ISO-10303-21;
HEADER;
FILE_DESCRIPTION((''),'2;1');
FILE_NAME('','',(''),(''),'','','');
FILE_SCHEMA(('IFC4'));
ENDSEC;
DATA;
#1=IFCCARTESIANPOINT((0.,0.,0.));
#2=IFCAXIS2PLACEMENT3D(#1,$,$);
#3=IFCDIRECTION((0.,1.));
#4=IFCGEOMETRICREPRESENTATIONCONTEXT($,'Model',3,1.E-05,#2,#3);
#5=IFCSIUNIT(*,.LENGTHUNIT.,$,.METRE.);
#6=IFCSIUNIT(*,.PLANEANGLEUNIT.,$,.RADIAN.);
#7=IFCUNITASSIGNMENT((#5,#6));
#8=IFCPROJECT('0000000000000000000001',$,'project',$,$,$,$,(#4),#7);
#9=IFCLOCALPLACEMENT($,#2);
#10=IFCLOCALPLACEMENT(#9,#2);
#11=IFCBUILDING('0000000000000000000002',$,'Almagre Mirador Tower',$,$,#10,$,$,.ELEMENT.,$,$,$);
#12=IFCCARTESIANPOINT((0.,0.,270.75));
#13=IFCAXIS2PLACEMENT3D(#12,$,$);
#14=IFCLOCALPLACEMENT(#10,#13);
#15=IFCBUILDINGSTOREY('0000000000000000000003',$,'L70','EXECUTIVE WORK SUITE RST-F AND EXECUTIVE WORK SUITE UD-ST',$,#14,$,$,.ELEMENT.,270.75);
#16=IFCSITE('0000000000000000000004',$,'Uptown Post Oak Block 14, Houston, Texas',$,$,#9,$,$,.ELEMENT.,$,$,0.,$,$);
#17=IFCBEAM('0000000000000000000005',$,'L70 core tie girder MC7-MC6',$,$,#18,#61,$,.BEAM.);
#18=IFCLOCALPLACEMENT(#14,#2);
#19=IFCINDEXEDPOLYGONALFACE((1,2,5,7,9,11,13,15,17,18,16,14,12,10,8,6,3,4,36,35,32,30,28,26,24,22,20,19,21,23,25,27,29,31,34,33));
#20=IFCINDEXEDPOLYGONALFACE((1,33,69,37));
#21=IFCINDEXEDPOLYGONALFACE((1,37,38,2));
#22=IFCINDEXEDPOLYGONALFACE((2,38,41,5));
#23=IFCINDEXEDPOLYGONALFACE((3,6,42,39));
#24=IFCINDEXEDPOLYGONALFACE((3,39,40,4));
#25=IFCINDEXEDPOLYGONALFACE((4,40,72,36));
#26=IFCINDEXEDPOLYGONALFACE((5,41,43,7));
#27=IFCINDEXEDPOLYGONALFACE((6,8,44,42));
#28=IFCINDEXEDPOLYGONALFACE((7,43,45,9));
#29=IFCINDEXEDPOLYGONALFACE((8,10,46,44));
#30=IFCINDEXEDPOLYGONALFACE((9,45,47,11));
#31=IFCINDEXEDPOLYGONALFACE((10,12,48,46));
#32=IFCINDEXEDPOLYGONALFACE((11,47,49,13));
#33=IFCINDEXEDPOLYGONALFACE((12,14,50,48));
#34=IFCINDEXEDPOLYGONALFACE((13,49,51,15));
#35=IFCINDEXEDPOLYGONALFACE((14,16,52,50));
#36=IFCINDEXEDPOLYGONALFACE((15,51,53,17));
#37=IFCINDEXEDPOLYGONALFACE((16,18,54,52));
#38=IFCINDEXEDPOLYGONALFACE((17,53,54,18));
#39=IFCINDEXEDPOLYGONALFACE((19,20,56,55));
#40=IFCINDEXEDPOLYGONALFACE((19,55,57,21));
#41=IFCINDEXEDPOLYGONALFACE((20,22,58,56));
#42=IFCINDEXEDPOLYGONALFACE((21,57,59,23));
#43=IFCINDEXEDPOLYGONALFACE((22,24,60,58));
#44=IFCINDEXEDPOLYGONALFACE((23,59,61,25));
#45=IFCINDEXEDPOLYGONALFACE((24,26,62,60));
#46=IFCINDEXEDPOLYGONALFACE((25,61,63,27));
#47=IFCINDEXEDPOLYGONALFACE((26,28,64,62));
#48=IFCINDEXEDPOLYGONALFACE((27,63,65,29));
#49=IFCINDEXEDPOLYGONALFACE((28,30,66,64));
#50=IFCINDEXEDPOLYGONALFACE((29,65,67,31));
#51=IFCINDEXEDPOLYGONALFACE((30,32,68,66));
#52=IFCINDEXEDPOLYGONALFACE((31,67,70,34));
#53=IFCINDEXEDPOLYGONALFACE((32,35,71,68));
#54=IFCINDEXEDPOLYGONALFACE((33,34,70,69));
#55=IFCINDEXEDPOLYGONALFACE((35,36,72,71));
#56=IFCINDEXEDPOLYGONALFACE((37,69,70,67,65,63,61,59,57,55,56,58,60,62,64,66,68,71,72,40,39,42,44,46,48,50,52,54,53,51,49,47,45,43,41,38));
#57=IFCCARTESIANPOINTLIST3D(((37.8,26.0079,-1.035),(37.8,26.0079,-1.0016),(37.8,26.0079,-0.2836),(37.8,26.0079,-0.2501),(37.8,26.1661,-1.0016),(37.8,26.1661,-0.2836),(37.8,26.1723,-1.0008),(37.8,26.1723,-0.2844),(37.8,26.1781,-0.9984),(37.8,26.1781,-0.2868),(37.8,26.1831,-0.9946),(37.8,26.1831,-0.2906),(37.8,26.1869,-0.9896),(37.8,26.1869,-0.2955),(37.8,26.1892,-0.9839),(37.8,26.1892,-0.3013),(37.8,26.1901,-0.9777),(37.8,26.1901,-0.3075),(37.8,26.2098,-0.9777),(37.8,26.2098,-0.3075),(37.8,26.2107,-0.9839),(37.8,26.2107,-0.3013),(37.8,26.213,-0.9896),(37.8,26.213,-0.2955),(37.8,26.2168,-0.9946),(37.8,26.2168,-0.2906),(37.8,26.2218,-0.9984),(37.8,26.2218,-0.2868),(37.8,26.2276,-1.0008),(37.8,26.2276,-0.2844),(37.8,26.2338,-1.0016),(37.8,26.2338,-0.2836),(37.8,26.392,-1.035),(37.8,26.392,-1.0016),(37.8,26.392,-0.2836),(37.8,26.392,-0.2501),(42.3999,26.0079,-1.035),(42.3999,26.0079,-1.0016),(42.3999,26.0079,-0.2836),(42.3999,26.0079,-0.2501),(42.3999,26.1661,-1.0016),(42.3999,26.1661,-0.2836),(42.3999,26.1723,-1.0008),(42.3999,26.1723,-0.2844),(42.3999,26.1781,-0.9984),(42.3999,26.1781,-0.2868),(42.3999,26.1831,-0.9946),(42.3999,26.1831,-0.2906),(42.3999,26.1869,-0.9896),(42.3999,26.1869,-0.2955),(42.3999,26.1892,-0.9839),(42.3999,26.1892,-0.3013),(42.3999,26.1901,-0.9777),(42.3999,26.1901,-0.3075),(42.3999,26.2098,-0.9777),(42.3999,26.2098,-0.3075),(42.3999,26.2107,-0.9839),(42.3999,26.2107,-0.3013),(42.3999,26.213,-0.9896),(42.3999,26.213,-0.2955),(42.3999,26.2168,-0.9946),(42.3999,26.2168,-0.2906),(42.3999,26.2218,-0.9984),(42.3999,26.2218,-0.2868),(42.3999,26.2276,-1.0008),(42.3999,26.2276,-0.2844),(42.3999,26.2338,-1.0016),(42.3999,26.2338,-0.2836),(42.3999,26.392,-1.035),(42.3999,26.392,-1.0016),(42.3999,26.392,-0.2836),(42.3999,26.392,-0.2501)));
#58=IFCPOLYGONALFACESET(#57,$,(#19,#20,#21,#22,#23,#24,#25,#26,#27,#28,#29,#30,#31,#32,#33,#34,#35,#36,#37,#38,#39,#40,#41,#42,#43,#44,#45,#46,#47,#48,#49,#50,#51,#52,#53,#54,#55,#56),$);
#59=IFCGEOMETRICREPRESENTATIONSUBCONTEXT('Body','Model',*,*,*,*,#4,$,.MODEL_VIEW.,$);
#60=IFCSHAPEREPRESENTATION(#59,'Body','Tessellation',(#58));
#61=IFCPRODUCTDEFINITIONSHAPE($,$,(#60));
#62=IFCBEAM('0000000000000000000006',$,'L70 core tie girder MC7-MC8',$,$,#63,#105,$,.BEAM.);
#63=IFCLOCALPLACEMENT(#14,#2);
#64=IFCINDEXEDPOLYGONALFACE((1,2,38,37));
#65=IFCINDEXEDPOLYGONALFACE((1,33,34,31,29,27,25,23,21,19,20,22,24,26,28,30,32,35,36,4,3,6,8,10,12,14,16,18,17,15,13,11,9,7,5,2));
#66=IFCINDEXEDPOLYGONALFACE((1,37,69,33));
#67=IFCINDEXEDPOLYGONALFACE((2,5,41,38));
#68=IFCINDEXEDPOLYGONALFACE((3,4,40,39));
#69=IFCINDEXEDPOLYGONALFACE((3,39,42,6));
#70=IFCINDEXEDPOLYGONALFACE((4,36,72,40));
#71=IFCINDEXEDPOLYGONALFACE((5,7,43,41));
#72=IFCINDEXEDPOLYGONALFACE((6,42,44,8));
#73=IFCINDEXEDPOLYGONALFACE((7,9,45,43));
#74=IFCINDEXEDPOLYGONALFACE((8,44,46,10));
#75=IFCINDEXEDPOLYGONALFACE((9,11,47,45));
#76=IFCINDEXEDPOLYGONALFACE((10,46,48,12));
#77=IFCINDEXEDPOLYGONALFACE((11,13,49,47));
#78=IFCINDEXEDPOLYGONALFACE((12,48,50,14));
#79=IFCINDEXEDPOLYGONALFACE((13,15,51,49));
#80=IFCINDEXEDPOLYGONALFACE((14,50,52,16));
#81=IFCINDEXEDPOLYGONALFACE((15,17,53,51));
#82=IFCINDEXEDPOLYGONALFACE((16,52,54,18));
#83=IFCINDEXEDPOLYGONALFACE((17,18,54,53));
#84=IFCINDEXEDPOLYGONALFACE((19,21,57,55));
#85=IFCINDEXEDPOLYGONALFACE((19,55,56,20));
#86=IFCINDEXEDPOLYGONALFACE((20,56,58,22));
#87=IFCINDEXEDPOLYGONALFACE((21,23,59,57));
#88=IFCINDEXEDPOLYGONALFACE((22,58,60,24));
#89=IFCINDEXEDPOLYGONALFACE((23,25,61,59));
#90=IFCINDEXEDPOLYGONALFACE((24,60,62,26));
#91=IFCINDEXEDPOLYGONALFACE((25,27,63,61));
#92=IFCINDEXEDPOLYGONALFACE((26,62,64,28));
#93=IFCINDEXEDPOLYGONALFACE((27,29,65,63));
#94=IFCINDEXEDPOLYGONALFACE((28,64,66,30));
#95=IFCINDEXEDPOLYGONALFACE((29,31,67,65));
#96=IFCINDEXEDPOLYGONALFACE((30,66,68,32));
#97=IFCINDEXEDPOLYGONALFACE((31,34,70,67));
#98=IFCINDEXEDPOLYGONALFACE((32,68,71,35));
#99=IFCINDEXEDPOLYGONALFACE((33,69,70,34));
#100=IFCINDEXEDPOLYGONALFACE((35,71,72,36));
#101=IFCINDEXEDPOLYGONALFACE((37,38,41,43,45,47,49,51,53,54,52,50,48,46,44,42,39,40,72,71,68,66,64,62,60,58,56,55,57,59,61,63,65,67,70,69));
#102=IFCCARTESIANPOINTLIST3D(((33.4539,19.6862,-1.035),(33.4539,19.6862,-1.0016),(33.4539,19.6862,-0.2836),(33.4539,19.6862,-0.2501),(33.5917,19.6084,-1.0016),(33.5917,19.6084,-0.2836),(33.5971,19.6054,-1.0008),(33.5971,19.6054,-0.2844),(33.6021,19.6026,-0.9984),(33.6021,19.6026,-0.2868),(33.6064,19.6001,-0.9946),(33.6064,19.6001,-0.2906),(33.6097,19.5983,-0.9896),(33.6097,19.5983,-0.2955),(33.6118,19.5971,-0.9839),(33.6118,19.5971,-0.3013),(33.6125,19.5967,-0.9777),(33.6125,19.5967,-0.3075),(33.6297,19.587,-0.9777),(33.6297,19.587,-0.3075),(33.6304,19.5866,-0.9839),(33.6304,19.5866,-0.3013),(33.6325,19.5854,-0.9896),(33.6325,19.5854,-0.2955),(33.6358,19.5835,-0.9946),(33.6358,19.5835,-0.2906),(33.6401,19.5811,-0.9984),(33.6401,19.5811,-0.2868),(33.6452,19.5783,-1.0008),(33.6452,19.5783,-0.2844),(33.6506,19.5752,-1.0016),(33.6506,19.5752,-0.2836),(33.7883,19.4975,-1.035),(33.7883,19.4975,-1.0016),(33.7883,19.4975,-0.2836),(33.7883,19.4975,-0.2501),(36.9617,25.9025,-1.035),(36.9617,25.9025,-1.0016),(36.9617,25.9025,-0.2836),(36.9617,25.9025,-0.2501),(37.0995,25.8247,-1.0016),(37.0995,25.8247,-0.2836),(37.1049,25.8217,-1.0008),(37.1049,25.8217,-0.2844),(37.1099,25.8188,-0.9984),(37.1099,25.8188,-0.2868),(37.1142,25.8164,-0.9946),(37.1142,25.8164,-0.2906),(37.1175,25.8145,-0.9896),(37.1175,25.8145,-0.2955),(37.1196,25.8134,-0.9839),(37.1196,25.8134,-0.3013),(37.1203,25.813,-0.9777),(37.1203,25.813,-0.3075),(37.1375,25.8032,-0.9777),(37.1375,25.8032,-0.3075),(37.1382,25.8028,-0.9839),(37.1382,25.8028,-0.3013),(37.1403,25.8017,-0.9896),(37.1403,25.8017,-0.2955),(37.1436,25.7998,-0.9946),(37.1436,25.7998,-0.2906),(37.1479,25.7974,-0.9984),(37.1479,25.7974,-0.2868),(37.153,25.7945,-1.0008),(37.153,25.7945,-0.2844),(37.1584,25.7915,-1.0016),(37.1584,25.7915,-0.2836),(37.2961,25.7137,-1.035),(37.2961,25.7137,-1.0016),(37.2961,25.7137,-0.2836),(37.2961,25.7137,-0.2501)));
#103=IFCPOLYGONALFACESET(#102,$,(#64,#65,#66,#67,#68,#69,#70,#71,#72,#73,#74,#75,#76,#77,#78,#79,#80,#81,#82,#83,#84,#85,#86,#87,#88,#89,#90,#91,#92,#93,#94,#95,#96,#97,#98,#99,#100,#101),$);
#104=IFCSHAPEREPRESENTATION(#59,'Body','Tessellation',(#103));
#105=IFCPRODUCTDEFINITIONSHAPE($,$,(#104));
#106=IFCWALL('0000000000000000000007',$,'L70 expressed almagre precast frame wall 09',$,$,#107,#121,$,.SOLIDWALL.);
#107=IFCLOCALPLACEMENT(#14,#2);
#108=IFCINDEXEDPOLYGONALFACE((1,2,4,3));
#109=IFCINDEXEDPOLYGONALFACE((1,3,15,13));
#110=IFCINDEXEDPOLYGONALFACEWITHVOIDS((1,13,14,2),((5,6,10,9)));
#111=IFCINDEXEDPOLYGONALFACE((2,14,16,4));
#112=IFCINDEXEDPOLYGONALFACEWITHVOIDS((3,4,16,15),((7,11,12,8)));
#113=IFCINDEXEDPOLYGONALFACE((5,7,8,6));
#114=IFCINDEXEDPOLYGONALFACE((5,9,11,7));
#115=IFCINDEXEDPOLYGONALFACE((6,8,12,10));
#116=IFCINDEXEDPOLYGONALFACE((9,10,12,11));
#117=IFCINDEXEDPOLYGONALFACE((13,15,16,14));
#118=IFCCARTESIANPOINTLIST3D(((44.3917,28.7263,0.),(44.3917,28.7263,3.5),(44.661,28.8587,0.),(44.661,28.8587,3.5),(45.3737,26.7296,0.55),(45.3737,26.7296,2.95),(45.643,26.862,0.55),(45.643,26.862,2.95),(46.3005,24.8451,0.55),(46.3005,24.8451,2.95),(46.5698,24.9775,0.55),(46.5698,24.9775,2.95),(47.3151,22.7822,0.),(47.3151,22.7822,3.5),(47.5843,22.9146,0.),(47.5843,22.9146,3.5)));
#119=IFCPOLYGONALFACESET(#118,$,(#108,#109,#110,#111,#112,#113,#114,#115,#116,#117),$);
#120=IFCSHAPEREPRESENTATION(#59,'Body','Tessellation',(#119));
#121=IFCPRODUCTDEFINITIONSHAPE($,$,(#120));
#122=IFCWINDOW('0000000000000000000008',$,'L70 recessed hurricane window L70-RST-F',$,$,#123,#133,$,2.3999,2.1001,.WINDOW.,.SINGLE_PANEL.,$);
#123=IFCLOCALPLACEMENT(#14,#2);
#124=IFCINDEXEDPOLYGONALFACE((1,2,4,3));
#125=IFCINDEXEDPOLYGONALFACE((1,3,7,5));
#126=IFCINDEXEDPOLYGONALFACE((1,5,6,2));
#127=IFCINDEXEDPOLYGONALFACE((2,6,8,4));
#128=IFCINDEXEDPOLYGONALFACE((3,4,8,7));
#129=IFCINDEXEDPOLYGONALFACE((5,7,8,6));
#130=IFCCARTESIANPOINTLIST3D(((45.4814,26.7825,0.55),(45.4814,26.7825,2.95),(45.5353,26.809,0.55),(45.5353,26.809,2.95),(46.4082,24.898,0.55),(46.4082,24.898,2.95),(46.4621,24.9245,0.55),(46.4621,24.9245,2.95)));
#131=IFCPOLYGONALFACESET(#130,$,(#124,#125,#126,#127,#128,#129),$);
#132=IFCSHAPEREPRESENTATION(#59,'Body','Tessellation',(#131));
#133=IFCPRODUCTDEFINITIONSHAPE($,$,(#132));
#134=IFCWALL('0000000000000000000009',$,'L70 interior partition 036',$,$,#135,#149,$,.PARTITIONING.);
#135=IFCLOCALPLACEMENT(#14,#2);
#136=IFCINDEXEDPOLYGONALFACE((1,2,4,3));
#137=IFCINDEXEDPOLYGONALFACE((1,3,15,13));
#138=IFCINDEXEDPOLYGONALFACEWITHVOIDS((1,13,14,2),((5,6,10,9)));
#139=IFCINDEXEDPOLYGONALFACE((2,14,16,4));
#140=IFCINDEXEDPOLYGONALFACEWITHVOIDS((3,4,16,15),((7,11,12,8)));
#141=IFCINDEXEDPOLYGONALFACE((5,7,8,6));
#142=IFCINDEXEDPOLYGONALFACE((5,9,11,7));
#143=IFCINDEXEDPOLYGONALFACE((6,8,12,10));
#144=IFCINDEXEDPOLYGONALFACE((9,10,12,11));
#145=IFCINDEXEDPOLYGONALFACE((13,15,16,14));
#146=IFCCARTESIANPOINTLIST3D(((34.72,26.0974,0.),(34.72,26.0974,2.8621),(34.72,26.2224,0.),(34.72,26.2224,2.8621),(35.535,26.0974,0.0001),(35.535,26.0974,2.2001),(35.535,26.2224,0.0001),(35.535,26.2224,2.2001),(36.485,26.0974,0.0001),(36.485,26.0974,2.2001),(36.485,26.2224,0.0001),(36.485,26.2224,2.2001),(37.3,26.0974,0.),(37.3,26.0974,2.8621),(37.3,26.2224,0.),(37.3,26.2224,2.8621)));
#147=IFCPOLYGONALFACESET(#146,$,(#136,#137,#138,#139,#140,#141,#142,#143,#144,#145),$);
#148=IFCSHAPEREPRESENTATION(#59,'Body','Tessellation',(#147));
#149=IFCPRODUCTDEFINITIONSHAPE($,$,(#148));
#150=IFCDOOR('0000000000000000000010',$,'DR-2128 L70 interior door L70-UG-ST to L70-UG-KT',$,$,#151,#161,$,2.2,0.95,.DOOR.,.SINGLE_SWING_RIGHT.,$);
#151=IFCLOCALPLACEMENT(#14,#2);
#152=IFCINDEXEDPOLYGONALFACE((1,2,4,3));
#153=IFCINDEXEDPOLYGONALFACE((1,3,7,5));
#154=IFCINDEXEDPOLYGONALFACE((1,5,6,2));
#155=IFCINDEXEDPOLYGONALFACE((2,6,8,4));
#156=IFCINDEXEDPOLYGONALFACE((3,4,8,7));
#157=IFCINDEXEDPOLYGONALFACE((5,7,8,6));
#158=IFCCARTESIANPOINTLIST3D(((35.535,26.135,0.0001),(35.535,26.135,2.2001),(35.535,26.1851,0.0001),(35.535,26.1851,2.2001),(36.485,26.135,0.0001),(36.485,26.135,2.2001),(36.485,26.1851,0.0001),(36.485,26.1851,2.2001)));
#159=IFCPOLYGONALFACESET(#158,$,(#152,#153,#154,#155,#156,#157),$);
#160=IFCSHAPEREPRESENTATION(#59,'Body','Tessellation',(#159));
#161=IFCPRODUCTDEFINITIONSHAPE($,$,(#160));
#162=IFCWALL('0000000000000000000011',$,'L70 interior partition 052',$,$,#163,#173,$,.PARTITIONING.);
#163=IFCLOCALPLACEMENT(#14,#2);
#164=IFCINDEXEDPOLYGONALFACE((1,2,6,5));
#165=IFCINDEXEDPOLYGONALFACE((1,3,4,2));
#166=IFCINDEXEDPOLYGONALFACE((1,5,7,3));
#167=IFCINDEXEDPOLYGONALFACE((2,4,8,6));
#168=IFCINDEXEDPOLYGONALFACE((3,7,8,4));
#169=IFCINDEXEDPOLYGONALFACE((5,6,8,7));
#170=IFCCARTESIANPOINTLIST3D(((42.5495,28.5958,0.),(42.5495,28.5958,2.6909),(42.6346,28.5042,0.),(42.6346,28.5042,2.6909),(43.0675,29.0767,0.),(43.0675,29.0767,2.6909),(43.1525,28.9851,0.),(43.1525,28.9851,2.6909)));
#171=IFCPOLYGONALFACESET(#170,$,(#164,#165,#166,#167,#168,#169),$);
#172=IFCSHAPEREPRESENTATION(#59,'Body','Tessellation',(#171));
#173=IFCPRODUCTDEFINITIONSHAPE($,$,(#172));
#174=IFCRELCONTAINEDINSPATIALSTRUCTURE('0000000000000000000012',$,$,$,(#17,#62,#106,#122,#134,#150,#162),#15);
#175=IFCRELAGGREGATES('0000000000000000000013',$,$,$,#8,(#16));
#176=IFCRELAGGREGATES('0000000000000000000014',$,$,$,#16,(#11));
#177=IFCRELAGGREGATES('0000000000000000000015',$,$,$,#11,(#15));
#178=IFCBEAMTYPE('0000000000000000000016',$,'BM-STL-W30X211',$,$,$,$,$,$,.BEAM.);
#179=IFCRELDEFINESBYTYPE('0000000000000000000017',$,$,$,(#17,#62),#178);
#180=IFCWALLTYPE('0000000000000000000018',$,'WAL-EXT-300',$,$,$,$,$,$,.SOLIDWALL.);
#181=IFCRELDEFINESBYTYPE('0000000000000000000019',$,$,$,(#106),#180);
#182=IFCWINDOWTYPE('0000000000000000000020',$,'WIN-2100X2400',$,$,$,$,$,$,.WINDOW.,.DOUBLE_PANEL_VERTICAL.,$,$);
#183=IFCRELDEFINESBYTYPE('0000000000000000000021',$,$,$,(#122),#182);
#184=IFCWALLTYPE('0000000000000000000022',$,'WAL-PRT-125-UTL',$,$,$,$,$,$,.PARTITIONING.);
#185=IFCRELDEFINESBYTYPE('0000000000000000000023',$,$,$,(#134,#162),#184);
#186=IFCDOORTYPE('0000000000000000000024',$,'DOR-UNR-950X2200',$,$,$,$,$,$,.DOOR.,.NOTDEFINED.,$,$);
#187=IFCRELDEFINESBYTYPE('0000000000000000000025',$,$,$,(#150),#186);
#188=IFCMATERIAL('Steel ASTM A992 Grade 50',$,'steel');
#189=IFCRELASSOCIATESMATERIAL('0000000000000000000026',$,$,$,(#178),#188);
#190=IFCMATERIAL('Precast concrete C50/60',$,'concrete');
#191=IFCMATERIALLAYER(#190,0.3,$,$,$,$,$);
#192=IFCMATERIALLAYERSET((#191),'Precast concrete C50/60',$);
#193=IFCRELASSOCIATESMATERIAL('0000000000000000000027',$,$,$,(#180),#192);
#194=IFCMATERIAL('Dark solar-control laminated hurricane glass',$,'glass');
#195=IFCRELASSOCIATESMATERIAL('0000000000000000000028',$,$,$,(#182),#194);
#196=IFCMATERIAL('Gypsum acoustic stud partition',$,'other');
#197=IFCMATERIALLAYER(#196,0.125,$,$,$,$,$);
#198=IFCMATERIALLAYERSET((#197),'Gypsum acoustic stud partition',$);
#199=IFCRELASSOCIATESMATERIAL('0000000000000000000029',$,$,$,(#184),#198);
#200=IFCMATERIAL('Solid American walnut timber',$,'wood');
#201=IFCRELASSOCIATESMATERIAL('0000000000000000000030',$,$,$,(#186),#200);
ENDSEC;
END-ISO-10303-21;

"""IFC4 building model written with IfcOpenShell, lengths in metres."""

from ifc_helpers import new_model, si_unit, direction, frame, frame_2d, origin, origin_2d, place, context, subcontext, project, spatial, rectangle, i_section, extrude, material, layer, layer_set, material_profile, profile_set, type_object, element, fill, save


model = new_model("IFC4")

# Units and contexts
model_context = context("Model", 3, precision=1e-05, world=origin(), true_north=direction((0.0, 1.0)))
body_context = subcontext(model_context, "Body", "Model", "MODEL_VIEW")
ifc_project = project(units=[si_unit("LENGTHUNIT", "METRE"), si_unit("PLANEANGLEUNIT", "RADIAN")], contexts=[model_context])

# Site, building, storey
site_placement = place(None, origin())
site = spatial("IfcSite", under=ifc_project, at=site_placement, Name="Uptown Post Oak Block 14, Houston, Texas", CompositionType="ELEMENT", RefElevation=0.0)
building_placement = place(site_placement, origin())
building = spatial("IfcBuilding", under=site, at=building_placement, Name="Almagre Mirador Tower", CompositionType="ELEMENT")
storey_placement = place(building_placement, frame((0.0, 0.0, 270.75)))
storey = spatial("IfcBuildingStorey", under=building, at=storey_placement, Name="L70", Description="EXECUTIVE WORK SUITE RST-F AND EXECUTIVE WORK SUITE UD-ST", CompositionType="ELEMENT", Elevation=270.75)

# Beams
ifc_material_1 = material(Name="Steel ASTM A992 Grade 50", Category="steel")
ifc_material_profile_1 = material_profile(ifc_material_1, i_section(OverallWidth=0.384, OverallDepth=0.7849, WebThickness=0.0198, FlangeThickness=0.0334, FilletRadius=0.0239, at=origin_2d()), Name="W30X211")
ifc_profile_set_1 = profile_set([ifc_material_profile_1], Name="Steel ASTM A992 Grade 50")
beam_type_1 = type_object("IfcBeamType", Name="BM-STL-W30X211", PredefinedType="BEAM", material=ifc_profile_set_1)
beam_1_placement = place(storey_placement, frame((37.8, 26.2, -0.6426), z_axis=(1.0, 0.0, 0.0), x_axis=(0.0, 1.0, 0.0)))
element("IfcBeam", 1, at=beam_1_placement, inside=storey, type_object=beam_type_1, Name="L70 core tie girder MC7-MC6", PredefinedType="BEAM", context=body_context, shape_type="SweptSolid", body=[
    extrude(i_section(OverallWidth=0.384, OverallDepth=0.7849, WebThickness=0.0198, FlangeThickness=0.0334, FilletRadius=0.0239, at=origin_2d()), origin(), (0.0, 0.0, 1.0), 4.5999),
])
beam_2_placement = place(storey_placement, frame((37.1289, 25.8081, -0.6426), z_axis=(-0.491446, -0.870908, 0.0), x_axis=(0.870908, -0.491446, 0.0)))
element("IfcBeam", 2, at=beam_2_placement, inside=storey, type_object=beam_type_1, Name="L70 core tie girder MC7-MC8", PredefinedType="BEAM", context=body_context, shape_type="SweptSolid", body=[
    extrude(i_section(OverallWidth=0.384, OverallDepth=0.7849, WebThickness=0.0198, FlangeThickness=0.0334, FilletRadius=0.0239, at=origin_2d()), origin(), (0.0, 0.0, 1.0), 7.1377),
])

# Wall, opening, window
ifc_material_2 = material(Name="Precast concrete C50/60", Category="concrete")
ifc_layer_1 = layer(ifc_material_2, 0.3)
ifc_layer_set_1 = layer_set([ifc_layer_1], Name="Precast concrete C50/60")
wall_type_1 = type_object("IfcWallType", Name="WAL-EXT-300", PredefinedType="SOLIDWALL", material=ifc_layer_set_1)
wall_1_placement = place(storey_placement, frame((44.5264, 28.7925, 0.0), z_axis=(0.0, 0.0, 1.0), x_axis=(0.441322, -0.897349, 0.0)))
wall_1 = element("IfcWall", 3, at=wall_1_placement, inside=storey, type_object=wall_type_1, Name="L70 expressed almagre precast frame wall 09", PredefinedType="SOLIDWALL", context=body_context, shape_type="SweptSolid", body=[
    extrude(rectangle(XDim=6.624, YDim=0.3, at=frame_2d((3.312, 0.0))), origin(), (0.0, 0.0, 1.0), 3.5),
])
opening_1_placement = place(wall_1_placement, frame((2.2251, 0.0, 0.55)))
opening_1 = element("IfcOpeningElement", 4, at=opening_1_placement, cuts=wall_1, PredefinedType="OPENING", context=body_context, shape_type="SweptSolid", body=[
    extrude(rectangle(XDim=2.1001, YDim=2.3999, at=frame_2d((1.05, 1.2))), frame((0.0, 0.1599, 0.0), z_axis=(0.0, -1.0, 0.0), x_axis=(1.0, 0.0, 0.0)), (0.0, 0.0, 1.0), 0.32),
])
ifc_material_3 = material(Name="Dark solar-control laminated hurricane glass", Category="glass")
window_type = type_object("IfcWindowType", Name="WIN-2100X2400", PartitioningType="DOUBLE_PANEL_VERTICAL", PredefinedType="WINDOW", material=ifc_material_3)
window_placement = place(opening_1_placement, origin())
window = element("IfcWindow", 5, at=window_placement, inside=storey, type_object=window_type, Name="L70 recessed hurricane window L70-RST-F", OverallHeight=2.3999, OverallWidth=2.1001, PartitioningType="SINGLE_PANEL", PredefinedType="WINDOW", context=body_context, shape_type="SweptSolid", body=[
    extrude(rectangle(XDim=2.1001, YDim=2.3999, at=frame_2d((1.05, 1.2))), frame((0.0, 0.03, 0.0), z_axis=(0.0, -1.0, 0.0), x_axis=(1.0, 0.0, 0.0)), (0.0, 0.0, 1.0), 0.0601),
])
fill(opening_1, window)

# Wall, opening, door
ifc_material_4 = material(Name="Gypsum acoustic stud partition", Category="other")
ifc_layer_2 = layer(ifc_material_4, 0.125)
ifc_layer_set_2 = layer_set([ifc_layer_2], Name="Gypsum acoustic stud partition")
wall_type_2 = type_object("IfcWallType", Name="WAL-PRT-125-UTL", PredefinedType="PARTITIONING", material=ifc_layer_set_2)
wall_2_placement = place(storey_placement, frame((37.3, 26.1599, 0.0), z_axis=(0.0, 0.0, 1.0), x_axis=(-1.0, 0.0, 0.0)))
wall_2 = element("IfcWall", 6, at=wall_2_placement, inside=storey, type_object=wall_type_2, Name="L70 interior partition 036", PredefinedType="PARTITIONING", context=body_context, shape_type="SweptSolid", body=[
    extrude(rectangle(XDim=2.5801, YDim=0.125, at=frame_2d((1.29, 0.0))), origin(), (0.0, 0.0, 1.0), 2.8621),
])
opening_2_placement = place(wall_2_placement, frame((0.8149, 0.0, 0.0)))
opening_2 = element("IfcOpeningElement", 7, at=opening_2_placement, cuts=wall_2, PredefinedType="OPENING", context=body_context, shape_type="SweptSolid", body=[
    extrude(rectangle(XDim=0.95, YDim=2.2, at=frame_2d((0.4751, 1.1001))), frame((0.0, 0.0725, 0.0), z_axis=(0.0, -1.0, 0.0), x_axis=(1.0, 0.0, 0.0)), (0.0, 0.0, 1.0), 0.145),
])
ifc_material_5 = material(Name="Solid American walnut timber", Category="wood")
door_type = type_object("IfcDoorType", Name="DOR-UNR-950X2200", OperationType="NOTDEFINED", PredefinedType="DOOR", material=ifc_material_5)
door_placement = place(opening_2_placement, origin())
door = element("IfcDoor", 8, at=door_placement, inside=storey, type_object=door_type, Name="DR-2128 L70 interior door L70-UG-ST to L70-UG-KT", OperationType="SINGLE_SWING_RIGHT", OverallHeight=2.2, OverallWidth=0.95, PredefinedType="DOOR", context=body_context, shape_type="SweptSolid", body=[
    extrude(rectangle(XDim=0.95, YDim=2.2, at=frame_2d((0.4751, 1.1001))), frame((0.0, 0.0249, 0.0), z_axis=(0.0, -1.0, 0.0), x_axis=(1.0, 0.0, 0.0)), (0.0, 0.0, 1.0), 0.05),
])
fill(opening_2, door)

# Wall
wall_3_placement = place(storey_placement, frame((43.1101, 29.031, 0.0), z_axis=(0.0, 0.0, 1.0), x_axis=(-0.732867, -0.680372, 0.0)))
element("IfcWall", 9, at=wall_3_placement, inside=storey, type_object=wall_type_2, Name="L70 interior partition 052", PredefinedType="PARTITIONING", context=body_context, shape_type="SweptSolid", body=[
    extrude(rectangle(XDim=0.7068, YDim=0.125, at=frame_2d((0.3535, 0.0))), origin(), (0.0, 0.0, 1.0), 2.6909),
])

save(model, "model.ifc")
